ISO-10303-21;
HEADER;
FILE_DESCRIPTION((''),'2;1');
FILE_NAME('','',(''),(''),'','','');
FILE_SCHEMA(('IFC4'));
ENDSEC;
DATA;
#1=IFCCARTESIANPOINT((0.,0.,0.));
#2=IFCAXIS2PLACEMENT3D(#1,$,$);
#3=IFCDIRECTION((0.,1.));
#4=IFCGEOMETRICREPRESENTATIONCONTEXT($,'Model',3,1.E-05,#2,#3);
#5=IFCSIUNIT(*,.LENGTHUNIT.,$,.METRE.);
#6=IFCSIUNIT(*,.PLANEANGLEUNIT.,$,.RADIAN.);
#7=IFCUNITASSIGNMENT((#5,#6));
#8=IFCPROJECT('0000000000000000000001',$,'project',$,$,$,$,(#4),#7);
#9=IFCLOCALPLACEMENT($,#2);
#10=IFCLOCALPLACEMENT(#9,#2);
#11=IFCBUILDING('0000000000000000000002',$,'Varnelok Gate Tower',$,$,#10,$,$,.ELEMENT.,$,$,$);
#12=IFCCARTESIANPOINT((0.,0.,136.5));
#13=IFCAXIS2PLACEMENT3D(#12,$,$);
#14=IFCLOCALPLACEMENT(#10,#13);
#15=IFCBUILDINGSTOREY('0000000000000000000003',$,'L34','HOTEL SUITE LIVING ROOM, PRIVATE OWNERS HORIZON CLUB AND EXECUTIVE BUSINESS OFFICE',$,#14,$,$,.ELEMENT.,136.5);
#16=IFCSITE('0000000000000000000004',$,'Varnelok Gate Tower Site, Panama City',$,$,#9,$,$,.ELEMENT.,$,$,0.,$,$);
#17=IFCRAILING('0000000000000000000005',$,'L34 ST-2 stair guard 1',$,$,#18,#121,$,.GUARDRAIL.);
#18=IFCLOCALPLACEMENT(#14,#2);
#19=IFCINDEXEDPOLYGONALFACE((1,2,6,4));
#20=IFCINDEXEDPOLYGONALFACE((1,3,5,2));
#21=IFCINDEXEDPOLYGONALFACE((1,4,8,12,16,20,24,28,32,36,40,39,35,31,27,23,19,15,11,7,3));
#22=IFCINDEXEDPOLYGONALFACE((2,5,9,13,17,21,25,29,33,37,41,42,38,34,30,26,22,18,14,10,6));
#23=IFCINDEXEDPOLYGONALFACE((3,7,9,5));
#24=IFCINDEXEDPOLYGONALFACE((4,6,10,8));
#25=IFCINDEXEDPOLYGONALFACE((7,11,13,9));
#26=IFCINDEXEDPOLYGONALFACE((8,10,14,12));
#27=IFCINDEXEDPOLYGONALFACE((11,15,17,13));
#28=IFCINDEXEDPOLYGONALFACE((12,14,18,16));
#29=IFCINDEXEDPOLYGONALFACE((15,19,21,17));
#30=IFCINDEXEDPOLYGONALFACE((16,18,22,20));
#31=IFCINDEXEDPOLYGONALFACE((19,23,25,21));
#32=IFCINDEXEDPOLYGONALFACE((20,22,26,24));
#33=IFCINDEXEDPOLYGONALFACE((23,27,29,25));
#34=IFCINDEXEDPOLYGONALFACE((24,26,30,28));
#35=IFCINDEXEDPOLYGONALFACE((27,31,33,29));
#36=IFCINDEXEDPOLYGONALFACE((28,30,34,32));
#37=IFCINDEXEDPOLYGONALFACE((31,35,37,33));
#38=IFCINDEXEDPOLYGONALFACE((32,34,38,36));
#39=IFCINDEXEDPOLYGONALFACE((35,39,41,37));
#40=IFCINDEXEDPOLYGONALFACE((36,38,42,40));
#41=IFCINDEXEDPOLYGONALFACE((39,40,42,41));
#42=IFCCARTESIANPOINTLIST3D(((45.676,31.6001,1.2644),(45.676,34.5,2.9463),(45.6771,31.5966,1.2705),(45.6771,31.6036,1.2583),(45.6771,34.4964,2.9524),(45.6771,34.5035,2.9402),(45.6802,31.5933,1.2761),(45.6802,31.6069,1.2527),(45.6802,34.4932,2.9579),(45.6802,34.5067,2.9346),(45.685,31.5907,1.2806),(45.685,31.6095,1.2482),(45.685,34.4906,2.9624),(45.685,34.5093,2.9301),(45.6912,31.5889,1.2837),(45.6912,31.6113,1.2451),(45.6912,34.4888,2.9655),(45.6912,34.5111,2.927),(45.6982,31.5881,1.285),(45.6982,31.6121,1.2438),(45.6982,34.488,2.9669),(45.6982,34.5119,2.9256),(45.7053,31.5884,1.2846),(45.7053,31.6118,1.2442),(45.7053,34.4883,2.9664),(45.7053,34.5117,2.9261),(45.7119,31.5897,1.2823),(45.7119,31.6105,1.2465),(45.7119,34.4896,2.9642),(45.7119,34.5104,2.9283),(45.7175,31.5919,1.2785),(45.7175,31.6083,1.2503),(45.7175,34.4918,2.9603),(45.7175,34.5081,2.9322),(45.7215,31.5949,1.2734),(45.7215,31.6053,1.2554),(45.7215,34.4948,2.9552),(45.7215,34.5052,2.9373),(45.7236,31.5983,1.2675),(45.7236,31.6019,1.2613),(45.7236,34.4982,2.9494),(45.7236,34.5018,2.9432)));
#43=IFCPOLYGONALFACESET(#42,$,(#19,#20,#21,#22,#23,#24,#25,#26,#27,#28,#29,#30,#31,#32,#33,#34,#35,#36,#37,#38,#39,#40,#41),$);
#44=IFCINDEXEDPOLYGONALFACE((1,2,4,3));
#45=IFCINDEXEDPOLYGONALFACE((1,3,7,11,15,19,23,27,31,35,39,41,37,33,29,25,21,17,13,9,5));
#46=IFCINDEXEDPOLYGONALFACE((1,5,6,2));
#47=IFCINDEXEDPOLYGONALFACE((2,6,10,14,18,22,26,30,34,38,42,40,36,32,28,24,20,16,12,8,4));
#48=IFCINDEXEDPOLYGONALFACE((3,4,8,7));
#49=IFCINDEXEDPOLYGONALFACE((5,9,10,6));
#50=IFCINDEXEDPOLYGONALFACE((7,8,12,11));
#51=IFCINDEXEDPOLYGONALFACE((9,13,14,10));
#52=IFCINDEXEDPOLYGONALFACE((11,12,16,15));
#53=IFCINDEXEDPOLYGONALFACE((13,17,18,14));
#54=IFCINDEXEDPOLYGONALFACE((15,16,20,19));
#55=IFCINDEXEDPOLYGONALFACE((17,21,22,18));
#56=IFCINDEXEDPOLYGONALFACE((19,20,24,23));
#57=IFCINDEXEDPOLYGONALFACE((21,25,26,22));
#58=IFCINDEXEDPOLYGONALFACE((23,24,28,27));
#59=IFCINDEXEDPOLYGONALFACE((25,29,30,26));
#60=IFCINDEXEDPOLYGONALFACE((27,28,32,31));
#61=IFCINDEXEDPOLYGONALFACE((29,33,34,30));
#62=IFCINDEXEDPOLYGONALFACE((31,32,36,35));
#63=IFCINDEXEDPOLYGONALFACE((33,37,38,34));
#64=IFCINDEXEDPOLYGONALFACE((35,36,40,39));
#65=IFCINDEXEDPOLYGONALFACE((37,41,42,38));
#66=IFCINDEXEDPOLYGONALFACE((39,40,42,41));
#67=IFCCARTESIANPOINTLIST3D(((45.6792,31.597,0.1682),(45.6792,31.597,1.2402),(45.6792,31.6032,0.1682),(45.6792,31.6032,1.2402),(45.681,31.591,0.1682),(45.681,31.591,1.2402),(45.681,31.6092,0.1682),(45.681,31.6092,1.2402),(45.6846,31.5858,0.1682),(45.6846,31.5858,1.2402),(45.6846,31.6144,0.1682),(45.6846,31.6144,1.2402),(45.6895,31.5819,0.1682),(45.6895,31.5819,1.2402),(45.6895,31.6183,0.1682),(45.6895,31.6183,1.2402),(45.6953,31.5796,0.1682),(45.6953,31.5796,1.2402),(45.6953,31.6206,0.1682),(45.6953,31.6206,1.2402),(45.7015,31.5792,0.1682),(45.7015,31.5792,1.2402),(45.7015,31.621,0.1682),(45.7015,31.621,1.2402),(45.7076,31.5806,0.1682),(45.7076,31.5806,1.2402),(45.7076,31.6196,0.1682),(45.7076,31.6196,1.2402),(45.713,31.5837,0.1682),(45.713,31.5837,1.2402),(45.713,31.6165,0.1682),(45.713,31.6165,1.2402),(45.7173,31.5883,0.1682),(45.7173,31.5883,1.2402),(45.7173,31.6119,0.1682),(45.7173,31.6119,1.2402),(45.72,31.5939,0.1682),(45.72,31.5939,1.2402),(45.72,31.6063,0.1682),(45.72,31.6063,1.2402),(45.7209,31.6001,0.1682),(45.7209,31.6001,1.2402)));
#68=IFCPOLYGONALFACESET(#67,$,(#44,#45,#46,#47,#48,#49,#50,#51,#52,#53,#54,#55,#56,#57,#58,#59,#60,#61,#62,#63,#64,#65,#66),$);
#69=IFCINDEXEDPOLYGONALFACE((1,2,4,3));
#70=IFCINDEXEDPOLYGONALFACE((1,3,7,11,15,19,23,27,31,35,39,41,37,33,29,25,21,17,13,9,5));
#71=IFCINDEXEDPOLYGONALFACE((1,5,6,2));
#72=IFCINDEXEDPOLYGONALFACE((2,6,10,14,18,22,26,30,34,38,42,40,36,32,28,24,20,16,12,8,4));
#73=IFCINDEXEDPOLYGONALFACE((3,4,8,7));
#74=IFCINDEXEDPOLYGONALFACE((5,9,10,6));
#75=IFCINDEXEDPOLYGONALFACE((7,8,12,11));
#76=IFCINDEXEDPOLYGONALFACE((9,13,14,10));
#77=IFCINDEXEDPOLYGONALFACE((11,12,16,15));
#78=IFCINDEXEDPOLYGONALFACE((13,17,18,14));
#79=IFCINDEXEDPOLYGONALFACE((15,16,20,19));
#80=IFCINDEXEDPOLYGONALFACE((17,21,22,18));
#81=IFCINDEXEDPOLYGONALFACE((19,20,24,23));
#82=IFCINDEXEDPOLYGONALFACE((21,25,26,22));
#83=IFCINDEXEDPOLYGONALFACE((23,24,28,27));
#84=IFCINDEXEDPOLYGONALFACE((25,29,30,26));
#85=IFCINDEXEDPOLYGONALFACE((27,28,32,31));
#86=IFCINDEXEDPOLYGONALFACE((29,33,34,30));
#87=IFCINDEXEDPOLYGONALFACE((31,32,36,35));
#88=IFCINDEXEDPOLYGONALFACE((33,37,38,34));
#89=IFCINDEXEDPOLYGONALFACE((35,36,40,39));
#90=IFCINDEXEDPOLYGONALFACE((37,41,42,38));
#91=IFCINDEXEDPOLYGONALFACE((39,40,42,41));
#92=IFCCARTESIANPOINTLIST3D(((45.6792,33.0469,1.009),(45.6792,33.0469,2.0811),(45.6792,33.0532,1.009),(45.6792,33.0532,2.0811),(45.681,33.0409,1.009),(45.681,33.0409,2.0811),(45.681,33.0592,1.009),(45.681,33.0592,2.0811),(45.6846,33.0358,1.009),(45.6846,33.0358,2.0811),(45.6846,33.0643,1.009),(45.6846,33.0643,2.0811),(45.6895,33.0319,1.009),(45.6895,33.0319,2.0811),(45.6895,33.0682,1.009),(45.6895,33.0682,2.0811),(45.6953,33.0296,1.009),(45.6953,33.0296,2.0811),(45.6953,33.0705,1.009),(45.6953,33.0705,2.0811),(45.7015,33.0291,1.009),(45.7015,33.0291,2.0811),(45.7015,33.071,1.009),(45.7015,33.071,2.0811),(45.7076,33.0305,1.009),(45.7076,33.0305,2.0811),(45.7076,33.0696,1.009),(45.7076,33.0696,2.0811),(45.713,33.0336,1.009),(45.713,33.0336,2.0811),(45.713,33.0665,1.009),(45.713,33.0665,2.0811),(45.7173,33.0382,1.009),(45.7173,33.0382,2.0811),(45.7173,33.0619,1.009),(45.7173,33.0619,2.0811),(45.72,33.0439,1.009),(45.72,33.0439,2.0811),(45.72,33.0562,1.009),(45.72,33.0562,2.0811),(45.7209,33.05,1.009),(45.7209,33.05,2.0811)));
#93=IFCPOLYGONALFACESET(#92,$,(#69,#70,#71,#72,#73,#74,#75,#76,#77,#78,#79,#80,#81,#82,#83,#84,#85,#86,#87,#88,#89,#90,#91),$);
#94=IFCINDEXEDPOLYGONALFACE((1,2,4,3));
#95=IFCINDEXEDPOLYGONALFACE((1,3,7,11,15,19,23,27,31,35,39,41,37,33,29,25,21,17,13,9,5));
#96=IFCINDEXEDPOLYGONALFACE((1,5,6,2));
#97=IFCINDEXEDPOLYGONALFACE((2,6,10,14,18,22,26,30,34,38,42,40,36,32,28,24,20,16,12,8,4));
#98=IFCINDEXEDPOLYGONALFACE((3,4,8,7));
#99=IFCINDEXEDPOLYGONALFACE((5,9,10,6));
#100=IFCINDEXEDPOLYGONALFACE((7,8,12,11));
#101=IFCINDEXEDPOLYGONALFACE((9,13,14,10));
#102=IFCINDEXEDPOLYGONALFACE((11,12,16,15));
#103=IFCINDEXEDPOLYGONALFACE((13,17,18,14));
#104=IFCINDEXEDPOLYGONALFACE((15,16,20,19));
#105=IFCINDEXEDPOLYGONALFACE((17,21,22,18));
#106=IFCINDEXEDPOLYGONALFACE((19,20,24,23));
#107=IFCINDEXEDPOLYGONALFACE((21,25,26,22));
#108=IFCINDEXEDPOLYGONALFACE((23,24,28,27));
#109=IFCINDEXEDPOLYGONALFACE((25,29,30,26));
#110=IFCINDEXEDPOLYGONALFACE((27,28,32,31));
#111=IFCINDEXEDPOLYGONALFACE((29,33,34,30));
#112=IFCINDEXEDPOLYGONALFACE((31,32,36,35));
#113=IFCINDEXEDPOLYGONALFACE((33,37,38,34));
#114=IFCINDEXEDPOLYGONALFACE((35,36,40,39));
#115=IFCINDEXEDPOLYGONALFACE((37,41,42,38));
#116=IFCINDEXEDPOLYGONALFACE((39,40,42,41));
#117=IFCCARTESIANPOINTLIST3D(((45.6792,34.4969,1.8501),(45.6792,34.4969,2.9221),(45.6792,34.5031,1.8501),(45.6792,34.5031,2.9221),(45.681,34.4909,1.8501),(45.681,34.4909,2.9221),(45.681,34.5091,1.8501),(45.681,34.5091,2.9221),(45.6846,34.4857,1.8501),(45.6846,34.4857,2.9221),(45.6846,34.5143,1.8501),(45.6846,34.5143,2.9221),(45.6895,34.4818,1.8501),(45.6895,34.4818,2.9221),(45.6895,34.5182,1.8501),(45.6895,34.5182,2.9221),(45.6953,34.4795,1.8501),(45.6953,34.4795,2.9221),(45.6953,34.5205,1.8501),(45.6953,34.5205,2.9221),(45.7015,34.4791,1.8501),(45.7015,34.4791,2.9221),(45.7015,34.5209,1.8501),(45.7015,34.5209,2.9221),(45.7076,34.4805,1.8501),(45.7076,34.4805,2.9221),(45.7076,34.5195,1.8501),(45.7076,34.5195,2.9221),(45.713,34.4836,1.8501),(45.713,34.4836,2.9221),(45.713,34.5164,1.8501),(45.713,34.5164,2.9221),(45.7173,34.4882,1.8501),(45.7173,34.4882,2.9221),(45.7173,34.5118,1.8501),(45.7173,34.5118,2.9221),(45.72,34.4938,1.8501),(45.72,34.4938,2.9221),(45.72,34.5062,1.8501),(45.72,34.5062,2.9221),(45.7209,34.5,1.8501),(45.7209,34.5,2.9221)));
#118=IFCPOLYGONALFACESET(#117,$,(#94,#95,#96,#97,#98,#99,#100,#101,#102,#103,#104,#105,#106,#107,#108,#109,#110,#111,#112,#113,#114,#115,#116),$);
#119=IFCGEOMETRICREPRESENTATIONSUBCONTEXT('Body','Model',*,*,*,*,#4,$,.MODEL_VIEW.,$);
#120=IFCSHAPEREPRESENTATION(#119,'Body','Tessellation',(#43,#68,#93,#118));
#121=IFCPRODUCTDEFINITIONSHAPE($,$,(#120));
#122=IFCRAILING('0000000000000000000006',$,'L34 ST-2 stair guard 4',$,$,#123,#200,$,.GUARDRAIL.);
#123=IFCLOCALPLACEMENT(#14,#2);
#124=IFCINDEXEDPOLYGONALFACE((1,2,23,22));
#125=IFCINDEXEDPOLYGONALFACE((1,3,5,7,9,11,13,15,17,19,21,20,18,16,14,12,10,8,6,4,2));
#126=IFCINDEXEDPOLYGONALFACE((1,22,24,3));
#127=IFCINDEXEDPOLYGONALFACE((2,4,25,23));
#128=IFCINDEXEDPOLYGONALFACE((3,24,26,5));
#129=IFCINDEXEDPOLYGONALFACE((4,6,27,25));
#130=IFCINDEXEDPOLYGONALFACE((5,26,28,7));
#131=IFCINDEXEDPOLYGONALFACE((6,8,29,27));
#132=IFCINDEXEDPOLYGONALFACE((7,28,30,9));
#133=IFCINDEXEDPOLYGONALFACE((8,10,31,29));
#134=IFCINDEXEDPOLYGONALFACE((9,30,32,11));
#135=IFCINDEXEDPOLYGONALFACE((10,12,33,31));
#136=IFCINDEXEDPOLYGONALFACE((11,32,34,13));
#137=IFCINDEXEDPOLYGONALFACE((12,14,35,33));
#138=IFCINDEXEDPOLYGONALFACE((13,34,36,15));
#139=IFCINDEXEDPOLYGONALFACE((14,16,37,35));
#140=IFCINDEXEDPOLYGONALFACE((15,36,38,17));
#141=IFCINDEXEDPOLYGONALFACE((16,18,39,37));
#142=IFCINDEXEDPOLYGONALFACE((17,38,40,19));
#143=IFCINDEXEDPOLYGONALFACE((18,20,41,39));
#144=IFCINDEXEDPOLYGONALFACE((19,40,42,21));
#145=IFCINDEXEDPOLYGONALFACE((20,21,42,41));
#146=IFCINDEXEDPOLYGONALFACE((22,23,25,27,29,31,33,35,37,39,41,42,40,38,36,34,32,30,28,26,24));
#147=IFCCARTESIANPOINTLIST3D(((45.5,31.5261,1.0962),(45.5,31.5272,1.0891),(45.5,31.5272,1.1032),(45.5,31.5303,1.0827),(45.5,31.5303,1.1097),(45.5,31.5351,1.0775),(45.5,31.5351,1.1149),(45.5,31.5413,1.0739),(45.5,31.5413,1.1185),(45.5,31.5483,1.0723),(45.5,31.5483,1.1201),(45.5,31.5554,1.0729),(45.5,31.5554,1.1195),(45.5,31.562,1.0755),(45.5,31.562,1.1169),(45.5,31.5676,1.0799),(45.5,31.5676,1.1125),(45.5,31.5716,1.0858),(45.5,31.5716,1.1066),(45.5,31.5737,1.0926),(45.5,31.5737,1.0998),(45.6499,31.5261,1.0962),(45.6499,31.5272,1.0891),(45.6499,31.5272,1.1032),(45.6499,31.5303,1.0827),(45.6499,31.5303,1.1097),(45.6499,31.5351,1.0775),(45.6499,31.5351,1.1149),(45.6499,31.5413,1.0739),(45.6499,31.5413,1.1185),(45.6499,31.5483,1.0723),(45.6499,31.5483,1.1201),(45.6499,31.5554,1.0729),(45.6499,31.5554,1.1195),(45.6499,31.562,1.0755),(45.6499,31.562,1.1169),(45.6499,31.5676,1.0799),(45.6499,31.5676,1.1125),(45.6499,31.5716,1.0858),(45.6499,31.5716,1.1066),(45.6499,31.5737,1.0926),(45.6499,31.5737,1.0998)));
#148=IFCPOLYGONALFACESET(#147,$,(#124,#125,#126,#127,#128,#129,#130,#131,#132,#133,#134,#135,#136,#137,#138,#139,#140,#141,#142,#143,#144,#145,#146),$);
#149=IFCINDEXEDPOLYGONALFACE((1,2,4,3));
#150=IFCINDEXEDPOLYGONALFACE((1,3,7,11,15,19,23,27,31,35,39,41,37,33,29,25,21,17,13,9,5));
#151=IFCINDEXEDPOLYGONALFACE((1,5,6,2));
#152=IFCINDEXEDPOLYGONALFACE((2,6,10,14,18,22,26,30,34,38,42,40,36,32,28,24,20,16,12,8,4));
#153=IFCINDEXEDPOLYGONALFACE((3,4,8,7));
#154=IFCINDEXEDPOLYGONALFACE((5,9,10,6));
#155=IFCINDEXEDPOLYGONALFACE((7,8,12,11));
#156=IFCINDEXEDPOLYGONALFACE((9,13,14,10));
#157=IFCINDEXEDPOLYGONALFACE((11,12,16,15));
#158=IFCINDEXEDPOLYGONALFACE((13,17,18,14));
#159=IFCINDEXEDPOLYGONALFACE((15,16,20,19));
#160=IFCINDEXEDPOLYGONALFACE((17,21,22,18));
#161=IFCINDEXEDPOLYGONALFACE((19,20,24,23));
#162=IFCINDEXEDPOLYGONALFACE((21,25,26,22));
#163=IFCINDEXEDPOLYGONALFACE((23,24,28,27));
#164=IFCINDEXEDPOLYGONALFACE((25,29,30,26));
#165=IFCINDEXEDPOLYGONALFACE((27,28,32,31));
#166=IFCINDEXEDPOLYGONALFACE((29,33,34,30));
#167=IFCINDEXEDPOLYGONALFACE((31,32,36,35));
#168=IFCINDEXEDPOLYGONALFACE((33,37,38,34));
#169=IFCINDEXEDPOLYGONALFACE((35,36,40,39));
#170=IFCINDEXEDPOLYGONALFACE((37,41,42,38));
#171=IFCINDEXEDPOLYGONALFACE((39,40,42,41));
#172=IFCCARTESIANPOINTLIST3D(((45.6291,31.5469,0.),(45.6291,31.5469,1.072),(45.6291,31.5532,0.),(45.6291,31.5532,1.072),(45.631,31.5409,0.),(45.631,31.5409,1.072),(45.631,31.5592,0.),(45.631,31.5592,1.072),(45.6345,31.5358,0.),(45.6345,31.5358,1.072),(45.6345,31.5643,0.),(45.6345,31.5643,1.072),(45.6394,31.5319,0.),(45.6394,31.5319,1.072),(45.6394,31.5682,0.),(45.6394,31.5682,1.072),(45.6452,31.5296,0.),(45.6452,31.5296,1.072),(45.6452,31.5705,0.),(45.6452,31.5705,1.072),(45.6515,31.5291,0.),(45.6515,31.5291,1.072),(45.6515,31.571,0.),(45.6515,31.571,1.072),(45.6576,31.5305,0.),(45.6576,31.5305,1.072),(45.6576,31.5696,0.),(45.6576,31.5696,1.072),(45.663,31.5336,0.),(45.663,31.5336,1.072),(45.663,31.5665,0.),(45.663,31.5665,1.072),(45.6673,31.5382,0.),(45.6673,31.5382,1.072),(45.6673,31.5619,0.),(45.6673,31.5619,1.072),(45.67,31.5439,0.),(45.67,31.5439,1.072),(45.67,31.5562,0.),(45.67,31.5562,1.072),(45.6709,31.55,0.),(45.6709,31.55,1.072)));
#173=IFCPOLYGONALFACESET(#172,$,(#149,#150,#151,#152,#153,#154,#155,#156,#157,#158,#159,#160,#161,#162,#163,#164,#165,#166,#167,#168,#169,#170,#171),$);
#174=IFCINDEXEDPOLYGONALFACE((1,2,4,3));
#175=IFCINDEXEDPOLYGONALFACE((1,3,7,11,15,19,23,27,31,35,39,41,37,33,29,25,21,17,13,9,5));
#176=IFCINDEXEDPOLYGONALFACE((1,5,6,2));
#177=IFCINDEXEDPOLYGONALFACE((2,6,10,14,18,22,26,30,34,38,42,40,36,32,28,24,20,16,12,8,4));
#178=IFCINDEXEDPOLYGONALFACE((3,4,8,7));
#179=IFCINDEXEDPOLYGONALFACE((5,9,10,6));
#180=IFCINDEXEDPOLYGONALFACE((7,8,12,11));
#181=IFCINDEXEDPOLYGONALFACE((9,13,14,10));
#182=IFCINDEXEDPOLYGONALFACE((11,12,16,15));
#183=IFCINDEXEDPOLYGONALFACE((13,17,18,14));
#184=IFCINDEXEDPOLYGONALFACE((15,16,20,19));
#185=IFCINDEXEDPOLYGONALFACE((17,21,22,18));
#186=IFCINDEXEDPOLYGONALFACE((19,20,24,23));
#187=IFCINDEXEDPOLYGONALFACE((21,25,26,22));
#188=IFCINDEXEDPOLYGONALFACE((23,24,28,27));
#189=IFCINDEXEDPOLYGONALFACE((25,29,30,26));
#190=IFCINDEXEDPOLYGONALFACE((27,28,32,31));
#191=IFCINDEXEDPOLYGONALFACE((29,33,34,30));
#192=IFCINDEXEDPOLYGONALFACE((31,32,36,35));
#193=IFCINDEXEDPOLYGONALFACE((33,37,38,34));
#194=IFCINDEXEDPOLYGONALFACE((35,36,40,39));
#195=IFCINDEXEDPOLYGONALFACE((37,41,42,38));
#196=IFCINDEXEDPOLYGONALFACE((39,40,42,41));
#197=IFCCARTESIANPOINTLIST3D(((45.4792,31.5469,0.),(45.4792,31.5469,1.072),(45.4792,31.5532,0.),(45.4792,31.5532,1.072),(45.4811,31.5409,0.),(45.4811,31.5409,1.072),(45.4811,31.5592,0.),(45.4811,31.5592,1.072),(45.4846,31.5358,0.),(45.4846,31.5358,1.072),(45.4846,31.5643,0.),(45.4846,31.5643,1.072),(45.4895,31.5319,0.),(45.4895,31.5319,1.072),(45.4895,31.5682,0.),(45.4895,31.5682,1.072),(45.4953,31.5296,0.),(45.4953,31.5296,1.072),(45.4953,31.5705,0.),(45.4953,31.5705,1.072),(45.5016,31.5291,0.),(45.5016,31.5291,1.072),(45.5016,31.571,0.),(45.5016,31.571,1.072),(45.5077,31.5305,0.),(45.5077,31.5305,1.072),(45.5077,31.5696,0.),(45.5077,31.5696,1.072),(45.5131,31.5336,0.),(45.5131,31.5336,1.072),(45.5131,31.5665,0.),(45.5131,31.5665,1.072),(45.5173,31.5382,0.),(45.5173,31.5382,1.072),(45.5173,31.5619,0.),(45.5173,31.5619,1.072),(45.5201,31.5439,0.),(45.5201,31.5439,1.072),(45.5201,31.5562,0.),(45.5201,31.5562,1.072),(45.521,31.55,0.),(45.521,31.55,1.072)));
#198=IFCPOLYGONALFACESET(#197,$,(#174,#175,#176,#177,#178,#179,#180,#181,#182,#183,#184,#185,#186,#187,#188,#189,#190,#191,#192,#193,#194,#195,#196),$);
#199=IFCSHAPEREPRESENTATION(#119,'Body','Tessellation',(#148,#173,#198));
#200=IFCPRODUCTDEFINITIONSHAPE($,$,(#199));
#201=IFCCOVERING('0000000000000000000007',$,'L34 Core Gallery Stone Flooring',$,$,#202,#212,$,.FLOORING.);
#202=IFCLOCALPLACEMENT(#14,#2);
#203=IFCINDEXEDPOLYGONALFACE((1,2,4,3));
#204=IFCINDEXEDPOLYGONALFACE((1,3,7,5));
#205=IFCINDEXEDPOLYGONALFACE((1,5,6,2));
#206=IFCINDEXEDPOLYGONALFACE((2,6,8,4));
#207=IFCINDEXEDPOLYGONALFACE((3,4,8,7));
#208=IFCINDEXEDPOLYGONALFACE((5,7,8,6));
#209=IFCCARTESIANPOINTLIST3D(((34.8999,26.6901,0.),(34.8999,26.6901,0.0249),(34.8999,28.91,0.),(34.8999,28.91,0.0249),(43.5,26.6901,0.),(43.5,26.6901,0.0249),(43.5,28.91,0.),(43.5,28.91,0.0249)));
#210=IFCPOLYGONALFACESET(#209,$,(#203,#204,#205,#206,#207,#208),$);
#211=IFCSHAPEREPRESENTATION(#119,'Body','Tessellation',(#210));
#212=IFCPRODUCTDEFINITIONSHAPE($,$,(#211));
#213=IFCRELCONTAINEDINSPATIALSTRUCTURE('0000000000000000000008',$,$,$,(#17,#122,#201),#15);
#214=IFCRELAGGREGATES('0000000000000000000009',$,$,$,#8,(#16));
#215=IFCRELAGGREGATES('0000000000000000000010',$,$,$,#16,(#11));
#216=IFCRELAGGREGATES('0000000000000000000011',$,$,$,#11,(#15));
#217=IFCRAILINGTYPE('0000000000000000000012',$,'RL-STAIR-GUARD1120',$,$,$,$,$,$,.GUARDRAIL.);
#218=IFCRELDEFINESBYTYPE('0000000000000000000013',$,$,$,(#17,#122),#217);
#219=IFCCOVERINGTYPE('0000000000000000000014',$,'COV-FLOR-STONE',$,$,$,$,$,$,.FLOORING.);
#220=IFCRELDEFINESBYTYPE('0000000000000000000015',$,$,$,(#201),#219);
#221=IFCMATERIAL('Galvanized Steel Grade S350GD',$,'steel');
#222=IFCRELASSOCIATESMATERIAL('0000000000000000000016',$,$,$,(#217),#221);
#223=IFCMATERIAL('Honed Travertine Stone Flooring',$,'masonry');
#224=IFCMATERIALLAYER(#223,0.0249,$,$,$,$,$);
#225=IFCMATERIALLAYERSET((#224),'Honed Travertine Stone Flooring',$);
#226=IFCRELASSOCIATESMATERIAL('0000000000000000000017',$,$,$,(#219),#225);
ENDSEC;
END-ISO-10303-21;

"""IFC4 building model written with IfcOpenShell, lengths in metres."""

from ifc_helpers import new_model, si_unit, direction, frame, origin, origin_2d, place, context, subcontext, project, spatial, rectangle, circle, extrude, source, transform, mapped, material, layer, layer_set, type_object, element, save


model = new_model("IFC4")

# Units and contexts
model_context = context("Model", 3, precision=1e-05, world=origin(), true_north=direction((0.0, 1.0)))
body_context = subcontext(model_context, "Body", "Model", "MODEL_VIEW")
ifc_project = project(units=[si_unit("LENGTHUNIT", "METRE"), si_unit("PLANEANGLEUNIT", "RADIAN")], contexts=[model_context])

# Site, building, storey
site_placement = place(None, origin())
site = spatial("IfcSite", under=ifc_project, at=site_placement, Name="Varnelok Gate Tower Site, Panama City", CompositionType="ELEMENT", RefElevation=0.0)
building_placement = place(site_placement, origin())
building = spatial("IfcBuilding", under=site, at=building_placement, Name="Varnelok Gate Tower", CompositionType="ELEMENT")
storey_placement = place(building_placement, frame((0.0, 0.0, 136.5)))
storey = spatial("IfcBuildingStorey", under=building, at=storey_placement, Name="L34", Description="HOTEL SUITE LIVING ROOM, PRIVATE OWNERS HORIZON CLUB AND EXECUTIVE BUSINESS OFFICE", CompositionType="ELEMENT", Elevation=136.5)

# Shared definitions
ifc_material_1 = material(Name="Galvanized Steel Grade S350GD", Category="steel")

# Railings
railing_type_1 = type_object("IfcRailingType", Name="RL-STAIR-GUARD1120", PredefinedType="GUARDRAIL", material=ifc_material_1)
railing_1_placement = place(storey_placement, frame((45.7, 31.6001, 0.1682)))
element("IfcRailing", 1, at=railing_1_placement, inside=storey, type_object=railing_type_1, Name="L34 ST-2 stair guard 1", PredefinedType="GUARDRAIL", context=body_context, shape_type="SweptSolid", body=[
    extrude(circle(Radius=0.0239, at=origin_2d()), frame((0.0, 0.0, 1.0962), z_axis=(0.0, 0.865039, 0.501705), x_axis=(-1.0, 0.0, 0.0)), (0.0, 0.0, 1.0), 3.3523),
    extrude(circle(Radius=0.021, at=origin_2d()), origin(), (0.0, 0.0, 1.0), 1.072),
    extrude(circle(Radius=0.021, at=origin_2d()), frame((0.0, 1.45, 0.8408)), (0.0, 0.0, 1.0), 1.072),
    extrude(circle(Radius=0.021, at=origin_2d()), frame((0.0, 2.8999, 1.6819)), (0.0, 0.0, 1.0), 1.072),
])
railing_2_placement = place(storey_placement, frame((45.6499, 31.55, 0.0)))
element("IfcRailing", 2, at=railing_2_placement, inside=storey, type_object=railing_type_1, Name="L34 ST-2 stair guard 4", PredefinedType="GUARDRAIL", context=body_context, shape_type="SweptSolid", body=[
    extrude(circle(Radius=0.0239, at=origin_2d()), frame((0.0, 0.0, 1.0962), z_axis=(-1.0, 0.0, 0.0), x_axis=(0.0, -1.0, 0.0)), (0.0, 0.0, 1.0), 0.1499),
    extrude(circle(Radius=0.021, at=origin_2d()), origin(), (0.0, 0.0, 1.0), 1.072),
    extrude(circle(Radius=0.021, at=origin_2d()), frame((-0.1499, 0.0, 0.0)), (0.0, 0.0, 1.0), 1.072),
])

# Covering
ifc_material_2 = material(Name="Honed Travertine Stone Flooring", Category="masonry")
ifc_layer_1 = layer(ifc_material_2, 0.0249)
ifc_layer_set_1 = layer_set([ifc_layer_1], Name="Honed Travertine Stone Flooring")
covering_type_1 = type_object("IfcCoveringType", Name="COV-FLOR-STONE", PredefinedType="FLOORING", material=ifc_layer_set_1)
shared_shape_1 = source(origin(), body_context, "Body", "SweptSolid", [
    extrude(rectangle(XDim=8.6001, YDim=2.22, at=origin_2d()), origin(), (0.0, 0.0, 1.0), 0.0249),
])
covering_1_placement = place(storey_placement, frame((39.2, 27.8, 0.0), z_axis=(0.0, 0.0, 1.0), x_axis=(1.0, 0.0, 0.0)))
element("IfcCovering", 3, at=covering_1_placement, inside=storey, type_object=covering_type_1, Name="L34 Core Gallery Stone Flooring", PredefinedType="FLOORING", context=body_context, shape_type="MappedRepresentation", body=[
    mapped(shared_shape_1, transform((0.0, 0.0, 0.0), scale=1.0)),
])

save(model, "model.ifc")
